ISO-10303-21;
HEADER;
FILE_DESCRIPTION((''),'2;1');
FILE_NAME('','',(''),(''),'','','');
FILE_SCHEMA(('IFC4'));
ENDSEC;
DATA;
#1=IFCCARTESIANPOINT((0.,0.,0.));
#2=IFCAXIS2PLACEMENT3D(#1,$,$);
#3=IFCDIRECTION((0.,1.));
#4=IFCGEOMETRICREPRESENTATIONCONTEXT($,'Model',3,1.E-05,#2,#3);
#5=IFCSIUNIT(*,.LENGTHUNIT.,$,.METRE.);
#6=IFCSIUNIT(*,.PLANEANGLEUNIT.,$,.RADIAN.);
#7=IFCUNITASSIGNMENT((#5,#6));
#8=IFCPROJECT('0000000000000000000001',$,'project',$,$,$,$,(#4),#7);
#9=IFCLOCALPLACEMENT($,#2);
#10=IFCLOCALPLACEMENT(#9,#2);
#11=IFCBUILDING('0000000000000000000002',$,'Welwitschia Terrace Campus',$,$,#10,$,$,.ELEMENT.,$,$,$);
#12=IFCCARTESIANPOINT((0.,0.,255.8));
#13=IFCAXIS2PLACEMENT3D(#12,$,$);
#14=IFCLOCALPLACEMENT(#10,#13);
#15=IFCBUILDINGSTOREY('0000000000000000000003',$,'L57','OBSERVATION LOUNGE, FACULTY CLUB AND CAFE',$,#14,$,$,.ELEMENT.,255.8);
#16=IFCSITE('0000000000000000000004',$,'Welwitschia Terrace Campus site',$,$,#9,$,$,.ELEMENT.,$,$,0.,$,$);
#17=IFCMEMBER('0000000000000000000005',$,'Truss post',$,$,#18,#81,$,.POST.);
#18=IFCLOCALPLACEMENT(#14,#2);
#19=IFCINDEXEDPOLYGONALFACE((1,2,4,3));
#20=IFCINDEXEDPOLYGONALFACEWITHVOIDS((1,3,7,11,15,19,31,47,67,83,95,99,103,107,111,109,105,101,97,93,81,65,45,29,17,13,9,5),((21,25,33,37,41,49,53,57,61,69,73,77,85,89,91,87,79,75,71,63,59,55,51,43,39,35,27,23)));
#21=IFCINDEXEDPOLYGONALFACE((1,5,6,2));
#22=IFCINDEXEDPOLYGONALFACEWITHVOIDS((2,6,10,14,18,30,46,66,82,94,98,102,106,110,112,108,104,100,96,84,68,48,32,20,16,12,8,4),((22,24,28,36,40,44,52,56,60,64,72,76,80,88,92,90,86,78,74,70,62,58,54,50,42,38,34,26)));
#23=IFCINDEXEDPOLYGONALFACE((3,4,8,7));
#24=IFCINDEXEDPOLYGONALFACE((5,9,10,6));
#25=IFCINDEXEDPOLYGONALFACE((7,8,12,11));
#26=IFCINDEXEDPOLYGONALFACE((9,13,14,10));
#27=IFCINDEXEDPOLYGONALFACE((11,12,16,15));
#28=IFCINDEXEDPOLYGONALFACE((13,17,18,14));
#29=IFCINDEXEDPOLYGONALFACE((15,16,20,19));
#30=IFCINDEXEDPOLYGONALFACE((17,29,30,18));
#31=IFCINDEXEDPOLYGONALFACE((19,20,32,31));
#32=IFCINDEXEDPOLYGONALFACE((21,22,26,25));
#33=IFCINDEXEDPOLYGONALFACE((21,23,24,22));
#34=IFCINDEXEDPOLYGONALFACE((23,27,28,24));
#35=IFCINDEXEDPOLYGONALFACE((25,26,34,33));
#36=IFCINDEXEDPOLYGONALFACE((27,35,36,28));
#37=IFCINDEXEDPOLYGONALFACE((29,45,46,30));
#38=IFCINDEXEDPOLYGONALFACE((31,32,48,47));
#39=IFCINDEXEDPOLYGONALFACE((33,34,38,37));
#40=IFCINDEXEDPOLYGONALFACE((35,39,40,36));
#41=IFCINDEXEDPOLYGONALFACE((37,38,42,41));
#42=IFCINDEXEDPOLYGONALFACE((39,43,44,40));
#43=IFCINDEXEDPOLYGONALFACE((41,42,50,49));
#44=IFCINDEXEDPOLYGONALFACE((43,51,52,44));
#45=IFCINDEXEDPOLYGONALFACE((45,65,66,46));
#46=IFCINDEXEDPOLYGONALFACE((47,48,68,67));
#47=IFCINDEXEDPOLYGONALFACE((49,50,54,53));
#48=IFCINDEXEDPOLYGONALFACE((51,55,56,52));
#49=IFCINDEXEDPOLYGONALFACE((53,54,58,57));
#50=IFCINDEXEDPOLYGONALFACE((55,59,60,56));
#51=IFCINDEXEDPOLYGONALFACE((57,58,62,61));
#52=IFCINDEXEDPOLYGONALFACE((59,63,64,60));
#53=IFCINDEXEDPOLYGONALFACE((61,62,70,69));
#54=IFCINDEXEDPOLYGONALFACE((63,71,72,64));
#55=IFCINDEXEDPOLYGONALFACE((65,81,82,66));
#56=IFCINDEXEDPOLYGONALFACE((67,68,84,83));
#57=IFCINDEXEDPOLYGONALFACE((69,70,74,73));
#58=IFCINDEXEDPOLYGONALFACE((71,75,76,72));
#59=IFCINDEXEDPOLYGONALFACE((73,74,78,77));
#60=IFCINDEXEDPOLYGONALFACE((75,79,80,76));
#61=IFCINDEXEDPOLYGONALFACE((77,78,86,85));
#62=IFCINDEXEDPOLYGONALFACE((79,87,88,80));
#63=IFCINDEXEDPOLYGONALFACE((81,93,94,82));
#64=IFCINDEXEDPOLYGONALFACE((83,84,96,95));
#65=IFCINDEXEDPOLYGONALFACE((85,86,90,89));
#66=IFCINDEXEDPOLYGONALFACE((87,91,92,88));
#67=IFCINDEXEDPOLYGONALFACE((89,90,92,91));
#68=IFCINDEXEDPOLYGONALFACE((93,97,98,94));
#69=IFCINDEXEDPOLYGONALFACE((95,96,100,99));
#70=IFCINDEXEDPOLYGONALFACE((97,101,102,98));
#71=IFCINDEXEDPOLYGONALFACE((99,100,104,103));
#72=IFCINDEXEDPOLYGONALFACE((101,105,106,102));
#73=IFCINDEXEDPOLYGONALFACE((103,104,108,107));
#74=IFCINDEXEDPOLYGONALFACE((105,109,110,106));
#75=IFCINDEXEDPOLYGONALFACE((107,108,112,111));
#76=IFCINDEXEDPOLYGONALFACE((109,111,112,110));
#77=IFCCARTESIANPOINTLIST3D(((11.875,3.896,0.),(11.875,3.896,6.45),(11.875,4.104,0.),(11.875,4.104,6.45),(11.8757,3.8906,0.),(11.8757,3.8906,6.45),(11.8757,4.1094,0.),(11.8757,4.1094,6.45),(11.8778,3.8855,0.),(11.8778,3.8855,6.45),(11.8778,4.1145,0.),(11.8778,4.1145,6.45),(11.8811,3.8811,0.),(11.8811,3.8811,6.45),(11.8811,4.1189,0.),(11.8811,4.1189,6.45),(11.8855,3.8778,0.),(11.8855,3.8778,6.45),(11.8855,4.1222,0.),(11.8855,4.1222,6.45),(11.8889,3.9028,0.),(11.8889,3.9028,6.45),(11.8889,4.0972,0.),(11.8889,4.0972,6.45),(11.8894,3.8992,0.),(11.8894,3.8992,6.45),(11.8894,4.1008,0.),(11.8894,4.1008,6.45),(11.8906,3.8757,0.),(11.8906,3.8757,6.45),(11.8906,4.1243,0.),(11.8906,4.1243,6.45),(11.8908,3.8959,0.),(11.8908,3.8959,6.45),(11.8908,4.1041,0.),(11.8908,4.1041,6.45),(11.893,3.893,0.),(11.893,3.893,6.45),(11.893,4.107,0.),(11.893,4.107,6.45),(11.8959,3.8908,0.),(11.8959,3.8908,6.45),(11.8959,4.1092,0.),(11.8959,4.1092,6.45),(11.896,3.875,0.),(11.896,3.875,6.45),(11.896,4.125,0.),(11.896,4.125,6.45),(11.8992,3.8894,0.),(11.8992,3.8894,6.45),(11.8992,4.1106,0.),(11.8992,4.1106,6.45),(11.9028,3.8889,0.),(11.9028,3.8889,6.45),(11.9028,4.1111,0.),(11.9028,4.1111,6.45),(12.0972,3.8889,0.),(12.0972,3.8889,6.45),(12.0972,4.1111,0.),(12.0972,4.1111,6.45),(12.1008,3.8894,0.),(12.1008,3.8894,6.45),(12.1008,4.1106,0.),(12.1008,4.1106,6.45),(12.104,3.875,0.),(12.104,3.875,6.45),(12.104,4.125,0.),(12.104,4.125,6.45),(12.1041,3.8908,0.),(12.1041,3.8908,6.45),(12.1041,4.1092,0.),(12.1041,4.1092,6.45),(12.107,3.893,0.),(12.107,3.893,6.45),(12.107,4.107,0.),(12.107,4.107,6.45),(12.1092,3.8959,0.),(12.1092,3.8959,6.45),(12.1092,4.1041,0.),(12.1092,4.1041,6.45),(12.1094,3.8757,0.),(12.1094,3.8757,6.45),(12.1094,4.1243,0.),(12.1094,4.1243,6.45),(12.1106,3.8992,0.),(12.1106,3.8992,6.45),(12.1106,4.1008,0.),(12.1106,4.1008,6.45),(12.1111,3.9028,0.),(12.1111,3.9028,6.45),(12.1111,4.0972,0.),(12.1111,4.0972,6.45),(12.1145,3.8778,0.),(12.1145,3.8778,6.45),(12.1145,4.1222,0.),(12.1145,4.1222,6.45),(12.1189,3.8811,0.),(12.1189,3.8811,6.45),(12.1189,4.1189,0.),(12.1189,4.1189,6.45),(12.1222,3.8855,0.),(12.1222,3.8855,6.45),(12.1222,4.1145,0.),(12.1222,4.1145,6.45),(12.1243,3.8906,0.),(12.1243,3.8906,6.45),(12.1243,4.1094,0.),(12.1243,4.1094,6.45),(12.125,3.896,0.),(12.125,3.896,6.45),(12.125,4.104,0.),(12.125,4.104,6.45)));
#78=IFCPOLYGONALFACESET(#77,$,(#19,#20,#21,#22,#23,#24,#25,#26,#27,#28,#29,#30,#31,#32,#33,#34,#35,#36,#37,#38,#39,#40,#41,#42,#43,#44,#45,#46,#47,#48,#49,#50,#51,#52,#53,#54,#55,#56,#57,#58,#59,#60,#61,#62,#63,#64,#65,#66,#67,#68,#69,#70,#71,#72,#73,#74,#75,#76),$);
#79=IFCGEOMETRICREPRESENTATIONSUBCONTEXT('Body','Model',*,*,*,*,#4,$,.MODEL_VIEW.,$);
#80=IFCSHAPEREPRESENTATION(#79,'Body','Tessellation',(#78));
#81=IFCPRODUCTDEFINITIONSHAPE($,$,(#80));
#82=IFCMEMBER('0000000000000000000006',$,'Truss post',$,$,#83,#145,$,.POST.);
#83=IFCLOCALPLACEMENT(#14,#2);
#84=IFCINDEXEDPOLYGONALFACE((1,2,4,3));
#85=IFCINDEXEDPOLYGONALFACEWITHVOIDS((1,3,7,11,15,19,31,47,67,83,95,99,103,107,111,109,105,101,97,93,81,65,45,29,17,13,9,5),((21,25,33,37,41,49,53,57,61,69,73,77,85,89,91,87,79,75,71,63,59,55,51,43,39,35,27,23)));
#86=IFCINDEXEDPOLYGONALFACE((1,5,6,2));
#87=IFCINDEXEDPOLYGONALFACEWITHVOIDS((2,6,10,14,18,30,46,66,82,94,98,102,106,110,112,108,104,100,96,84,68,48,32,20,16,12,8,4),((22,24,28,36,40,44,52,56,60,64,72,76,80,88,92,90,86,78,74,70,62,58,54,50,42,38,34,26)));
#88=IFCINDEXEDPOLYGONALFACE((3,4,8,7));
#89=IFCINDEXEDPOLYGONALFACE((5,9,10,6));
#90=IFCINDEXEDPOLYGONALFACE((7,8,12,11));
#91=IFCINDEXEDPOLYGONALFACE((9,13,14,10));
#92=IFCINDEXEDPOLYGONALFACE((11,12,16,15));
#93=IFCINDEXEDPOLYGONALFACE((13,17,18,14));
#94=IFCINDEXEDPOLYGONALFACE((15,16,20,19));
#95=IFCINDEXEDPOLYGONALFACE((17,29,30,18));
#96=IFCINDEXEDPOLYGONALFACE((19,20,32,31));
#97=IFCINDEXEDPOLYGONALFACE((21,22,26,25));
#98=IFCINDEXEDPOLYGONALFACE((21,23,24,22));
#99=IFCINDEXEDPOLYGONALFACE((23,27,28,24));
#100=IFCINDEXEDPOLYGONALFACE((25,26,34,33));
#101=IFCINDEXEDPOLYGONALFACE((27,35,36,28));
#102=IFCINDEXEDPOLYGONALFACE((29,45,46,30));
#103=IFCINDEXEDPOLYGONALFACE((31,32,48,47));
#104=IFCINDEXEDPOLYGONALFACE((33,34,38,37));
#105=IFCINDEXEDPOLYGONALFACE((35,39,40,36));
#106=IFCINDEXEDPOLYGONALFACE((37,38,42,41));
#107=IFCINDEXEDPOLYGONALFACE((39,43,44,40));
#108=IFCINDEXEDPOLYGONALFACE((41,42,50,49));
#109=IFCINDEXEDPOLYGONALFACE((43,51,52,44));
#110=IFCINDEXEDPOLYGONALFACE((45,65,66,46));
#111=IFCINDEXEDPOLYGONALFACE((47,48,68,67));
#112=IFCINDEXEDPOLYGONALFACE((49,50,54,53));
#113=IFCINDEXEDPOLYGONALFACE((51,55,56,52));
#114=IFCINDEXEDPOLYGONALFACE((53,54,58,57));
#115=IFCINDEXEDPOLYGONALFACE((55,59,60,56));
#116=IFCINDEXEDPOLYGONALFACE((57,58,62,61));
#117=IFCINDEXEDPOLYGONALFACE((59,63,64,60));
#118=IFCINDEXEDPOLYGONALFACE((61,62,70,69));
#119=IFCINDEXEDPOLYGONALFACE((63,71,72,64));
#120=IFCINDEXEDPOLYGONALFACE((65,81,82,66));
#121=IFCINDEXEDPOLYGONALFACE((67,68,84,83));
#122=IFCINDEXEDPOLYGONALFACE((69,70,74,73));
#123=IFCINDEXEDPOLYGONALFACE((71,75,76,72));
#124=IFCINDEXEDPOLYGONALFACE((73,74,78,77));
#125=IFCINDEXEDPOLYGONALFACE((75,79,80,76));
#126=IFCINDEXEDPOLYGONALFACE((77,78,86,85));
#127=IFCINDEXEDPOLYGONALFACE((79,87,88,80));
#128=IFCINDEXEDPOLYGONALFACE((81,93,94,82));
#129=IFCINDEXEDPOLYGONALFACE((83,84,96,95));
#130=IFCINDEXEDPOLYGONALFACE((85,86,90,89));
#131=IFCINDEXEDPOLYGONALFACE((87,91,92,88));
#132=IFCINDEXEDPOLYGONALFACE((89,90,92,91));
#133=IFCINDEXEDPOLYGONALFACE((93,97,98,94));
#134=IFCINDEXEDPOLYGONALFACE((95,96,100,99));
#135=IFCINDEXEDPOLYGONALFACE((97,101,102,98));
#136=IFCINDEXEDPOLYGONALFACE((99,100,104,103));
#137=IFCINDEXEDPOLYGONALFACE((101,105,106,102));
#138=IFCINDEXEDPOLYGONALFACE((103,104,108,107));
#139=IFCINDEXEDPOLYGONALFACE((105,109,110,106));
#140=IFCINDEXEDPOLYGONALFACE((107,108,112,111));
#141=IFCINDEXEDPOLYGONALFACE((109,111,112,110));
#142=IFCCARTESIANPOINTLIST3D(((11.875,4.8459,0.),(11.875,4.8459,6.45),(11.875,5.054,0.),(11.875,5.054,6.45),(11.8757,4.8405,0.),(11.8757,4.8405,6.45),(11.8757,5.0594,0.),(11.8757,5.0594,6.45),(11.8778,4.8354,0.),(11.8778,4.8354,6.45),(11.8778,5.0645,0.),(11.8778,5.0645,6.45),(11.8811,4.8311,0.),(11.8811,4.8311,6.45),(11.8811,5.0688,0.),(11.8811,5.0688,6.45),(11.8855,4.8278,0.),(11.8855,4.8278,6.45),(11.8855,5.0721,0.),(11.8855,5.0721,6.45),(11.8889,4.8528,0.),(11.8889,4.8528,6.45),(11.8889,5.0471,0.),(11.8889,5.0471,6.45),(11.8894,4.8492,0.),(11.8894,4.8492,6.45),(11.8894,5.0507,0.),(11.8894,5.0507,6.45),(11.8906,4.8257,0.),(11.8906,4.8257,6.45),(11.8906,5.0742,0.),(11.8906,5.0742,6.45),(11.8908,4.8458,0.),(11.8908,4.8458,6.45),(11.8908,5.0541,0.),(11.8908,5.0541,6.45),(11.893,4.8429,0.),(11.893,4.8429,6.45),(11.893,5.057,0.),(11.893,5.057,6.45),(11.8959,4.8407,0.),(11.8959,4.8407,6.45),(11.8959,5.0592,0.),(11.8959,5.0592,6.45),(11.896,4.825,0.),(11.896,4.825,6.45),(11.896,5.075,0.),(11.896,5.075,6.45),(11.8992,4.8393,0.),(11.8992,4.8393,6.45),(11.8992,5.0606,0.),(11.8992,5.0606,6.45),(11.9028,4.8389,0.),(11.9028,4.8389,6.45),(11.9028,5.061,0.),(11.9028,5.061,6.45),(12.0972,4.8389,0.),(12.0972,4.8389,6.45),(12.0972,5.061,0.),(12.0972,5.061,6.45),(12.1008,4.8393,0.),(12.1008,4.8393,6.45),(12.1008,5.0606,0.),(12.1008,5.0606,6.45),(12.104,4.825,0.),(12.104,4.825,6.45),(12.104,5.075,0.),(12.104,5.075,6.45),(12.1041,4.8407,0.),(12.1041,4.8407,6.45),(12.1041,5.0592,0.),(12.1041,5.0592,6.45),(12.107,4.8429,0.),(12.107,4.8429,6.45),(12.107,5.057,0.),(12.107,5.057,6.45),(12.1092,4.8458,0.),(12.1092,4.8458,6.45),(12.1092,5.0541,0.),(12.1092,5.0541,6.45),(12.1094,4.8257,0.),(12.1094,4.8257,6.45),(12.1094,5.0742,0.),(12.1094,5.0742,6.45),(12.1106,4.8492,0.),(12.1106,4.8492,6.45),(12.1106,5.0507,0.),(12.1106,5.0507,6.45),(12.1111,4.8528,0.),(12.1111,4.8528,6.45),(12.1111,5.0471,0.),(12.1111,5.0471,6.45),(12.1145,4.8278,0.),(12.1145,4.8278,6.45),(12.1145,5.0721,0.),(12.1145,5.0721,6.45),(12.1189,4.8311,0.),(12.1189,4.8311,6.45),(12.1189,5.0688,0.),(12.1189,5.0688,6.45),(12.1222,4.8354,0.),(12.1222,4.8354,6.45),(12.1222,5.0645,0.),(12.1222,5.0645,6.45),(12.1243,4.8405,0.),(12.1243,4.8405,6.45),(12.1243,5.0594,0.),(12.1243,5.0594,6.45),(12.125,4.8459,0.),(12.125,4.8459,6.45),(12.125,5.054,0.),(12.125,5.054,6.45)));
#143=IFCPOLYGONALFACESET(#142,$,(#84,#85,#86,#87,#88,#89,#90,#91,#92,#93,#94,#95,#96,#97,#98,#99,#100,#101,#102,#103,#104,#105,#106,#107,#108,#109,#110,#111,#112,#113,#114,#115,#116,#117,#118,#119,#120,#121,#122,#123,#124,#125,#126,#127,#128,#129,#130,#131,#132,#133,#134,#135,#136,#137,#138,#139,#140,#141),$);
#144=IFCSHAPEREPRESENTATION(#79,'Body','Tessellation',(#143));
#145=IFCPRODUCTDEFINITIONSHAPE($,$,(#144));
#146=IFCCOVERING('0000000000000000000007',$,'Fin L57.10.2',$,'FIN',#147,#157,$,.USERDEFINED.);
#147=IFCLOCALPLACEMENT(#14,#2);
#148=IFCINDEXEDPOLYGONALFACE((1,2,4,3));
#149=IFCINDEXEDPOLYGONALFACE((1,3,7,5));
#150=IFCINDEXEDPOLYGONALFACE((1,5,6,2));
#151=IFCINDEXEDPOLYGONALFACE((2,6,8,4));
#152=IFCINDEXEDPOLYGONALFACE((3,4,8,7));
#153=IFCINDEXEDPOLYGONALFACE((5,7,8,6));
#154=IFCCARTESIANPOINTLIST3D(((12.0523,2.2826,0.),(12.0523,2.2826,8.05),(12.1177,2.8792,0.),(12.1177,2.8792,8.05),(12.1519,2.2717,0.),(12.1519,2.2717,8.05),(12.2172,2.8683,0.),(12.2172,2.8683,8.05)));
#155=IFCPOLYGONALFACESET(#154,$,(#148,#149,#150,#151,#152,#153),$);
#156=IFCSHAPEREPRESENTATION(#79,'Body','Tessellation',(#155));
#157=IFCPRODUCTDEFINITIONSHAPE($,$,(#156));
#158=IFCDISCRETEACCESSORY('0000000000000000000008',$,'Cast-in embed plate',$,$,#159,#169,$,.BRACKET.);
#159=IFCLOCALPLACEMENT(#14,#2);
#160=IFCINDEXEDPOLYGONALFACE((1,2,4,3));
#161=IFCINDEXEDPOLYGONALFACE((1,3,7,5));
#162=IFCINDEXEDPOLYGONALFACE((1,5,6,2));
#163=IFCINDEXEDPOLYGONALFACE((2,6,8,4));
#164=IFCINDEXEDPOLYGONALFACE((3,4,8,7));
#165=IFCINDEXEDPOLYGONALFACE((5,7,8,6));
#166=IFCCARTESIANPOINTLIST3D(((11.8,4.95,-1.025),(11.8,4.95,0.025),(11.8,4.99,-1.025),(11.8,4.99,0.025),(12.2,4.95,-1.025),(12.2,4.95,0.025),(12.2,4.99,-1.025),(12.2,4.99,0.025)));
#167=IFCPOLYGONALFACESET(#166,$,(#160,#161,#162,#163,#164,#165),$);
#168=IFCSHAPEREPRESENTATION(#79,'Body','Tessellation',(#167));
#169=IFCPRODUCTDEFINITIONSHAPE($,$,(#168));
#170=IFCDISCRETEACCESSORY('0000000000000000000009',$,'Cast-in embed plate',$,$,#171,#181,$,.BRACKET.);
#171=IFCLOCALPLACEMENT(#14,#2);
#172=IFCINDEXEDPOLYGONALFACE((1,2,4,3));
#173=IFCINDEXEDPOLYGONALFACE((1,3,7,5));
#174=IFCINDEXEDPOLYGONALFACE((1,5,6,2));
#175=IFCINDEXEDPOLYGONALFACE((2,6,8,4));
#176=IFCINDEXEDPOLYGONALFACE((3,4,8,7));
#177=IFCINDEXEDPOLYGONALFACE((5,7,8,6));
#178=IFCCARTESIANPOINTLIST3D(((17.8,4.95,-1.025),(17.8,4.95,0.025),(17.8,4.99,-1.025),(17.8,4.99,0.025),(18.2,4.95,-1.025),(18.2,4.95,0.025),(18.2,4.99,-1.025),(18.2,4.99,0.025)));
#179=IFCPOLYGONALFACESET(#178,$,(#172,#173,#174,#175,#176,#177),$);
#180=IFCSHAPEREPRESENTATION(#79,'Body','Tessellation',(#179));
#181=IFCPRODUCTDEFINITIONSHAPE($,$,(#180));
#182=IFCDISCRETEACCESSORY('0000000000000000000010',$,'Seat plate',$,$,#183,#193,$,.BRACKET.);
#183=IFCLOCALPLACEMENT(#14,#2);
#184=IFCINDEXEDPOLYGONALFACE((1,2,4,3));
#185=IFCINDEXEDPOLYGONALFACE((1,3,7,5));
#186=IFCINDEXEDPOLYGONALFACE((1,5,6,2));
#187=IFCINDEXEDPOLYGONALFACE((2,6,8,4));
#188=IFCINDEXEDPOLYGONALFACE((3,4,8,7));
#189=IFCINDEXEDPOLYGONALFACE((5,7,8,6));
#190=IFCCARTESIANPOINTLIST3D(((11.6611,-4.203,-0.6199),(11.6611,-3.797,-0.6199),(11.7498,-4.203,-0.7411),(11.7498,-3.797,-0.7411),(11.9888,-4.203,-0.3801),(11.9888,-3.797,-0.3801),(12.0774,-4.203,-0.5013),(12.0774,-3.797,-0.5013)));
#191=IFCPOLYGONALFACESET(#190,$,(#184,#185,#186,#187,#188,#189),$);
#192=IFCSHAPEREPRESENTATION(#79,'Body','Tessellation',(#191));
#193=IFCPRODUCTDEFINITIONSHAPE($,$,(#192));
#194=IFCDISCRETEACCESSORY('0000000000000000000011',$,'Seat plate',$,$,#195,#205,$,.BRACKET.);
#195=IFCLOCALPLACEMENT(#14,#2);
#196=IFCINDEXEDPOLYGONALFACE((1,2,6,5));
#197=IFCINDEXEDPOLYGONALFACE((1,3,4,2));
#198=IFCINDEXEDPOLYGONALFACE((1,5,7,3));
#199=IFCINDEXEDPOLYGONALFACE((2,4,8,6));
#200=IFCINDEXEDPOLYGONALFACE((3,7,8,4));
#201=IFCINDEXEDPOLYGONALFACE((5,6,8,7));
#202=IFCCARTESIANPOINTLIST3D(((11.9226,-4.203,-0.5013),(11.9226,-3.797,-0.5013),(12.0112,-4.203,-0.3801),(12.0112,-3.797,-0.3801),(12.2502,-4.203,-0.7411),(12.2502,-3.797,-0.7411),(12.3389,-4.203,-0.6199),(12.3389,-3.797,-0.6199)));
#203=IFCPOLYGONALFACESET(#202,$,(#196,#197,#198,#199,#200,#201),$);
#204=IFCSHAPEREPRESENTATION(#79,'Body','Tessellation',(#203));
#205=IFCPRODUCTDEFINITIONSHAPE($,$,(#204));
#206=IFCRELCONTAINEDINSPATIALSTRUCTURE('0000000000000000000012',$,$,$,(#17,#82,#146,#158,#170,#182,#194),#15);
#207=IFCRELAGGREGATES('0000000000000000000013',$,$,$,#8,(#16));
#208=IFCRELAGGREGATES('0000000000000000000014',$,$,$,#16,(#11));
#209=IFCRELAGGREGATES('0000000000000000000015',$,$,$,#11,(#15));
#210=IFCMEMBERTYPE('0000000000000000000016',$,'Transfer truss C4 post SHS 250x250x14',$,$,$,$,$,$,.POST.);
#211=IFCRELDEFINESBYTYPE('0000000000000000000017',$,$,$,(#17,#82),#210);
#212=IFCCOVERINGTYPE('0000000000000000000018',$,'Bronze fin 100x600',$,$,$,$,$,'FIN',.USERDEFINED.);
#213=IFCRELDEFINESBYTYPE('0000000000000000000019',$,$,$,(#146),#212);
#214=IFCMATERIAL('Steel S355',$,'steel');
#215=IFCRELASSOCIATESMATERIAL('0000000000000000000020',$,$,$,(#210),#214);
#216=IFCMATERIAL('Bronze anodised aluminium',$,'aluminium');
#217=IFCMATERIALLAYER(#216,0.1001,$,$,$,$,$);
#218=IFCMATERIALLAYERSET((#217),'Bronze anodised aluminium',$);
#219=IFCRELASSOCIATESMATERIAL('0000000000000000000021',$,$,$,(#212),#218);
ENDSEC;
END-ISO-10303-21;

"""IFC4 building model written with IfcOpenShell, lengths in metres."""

from ifc_helpers import new_model, si_unit, direction, frame, origin, origin_2d, place, context, subcontext, project, spatial, rectangle, hollow_rectangle, extrude, material, layer, layer_set, material_profile, profile_set, type_object, element, save


model = new_model("IFC4")

# Units and contexts
model_context = context("Model", 3, precision=1e-05, world=origin(), true_north=direction((0.0, 1.0)))
body_context = subcontext(model_context, "Body", "Model", "MODEL_VIEW")
ifc_project = project(units=[si_unit("LENGTHUNIT", "METRE"), si_unit("PLANEANGLEUNIT", "RADIAN")], contexts=[model_context])

# Site, building, storey
site_placement = place(None, origin())
site = spatial("IfcSite", under=ifc_project, at=site_placement, Name="Welwitschia Terrace Campus site", CompositionType="ELEMENT", RefElevation=0.0)
building_placement = place(site_placement, origin())
building = spatial("IfcBuilding", under=site, at=building_placement, Name="Welwitschia Terrace Campus", CompositionType="ELEMENT")
storey_placement = place(building_placement, frame((0.0, 0.0, 255.8)))
storey = spatial("IfcBuildingStorey", under=building, at=storey_placement, Name="L57", Description="OBSERVATION LOUNGE, FACULTY CLUB AND CAFE", CompositionType="ELEMENT", Elevation=255.8)

# Members
ifc_material_1 = material(Name="Steel S355", Category="steel")
ifc_material_profile_1 = material_profile(ifc_material_1, hollow_rectangle(XDim=0.25, YDim=0.25, WallThickness=0.0139, InnerFilletRadius=0.0139, OuterFilletRadius=0.021, at=origin_2d()))
ifc_profile_set_1 = profile_set([ifc_material_profile_1], Name="Steel S355")
member_type_1 = type_object("IfcMemberType", Name="Transfer truss C4 post SHS 250x250x14", PredefinedType="POST", material=ifc_profile_set_1)
for number, where, z_axis, x_axis, name in (
    (1, (12.0, 4.0, 0.0), (0.0, 0.0, 1.0), (1.0, 0.0, 0.0), "Truss post"),
    (2, (12.0, 4.95, 0.0), (0.0, 0.0, 1.0), (1.0, 0.0, 0.0), "Truss post"),
):
    element("IfcMember", number, at=place(storey_placement, frame(where, z_axis=z_axis, x_axis=x_axis)), inside=storey, type_object=member_type_1, Name=name, PredefinedType="POST", context=body_context, shape_type="SweptSolid", body=[
        extrude(hollow_rectangle(XDim=0.25, YDim=0.25, WallThickness=0.0139, InnerFilletRadius=0.0139, OuterFilletRadius=0.021, at=origin_2d()), origin(), (0.0, 0.0, 1.0), 6.45),
    ])

# Covering
ifc_material_2 = material(Name="Bronze anodised aluminium", Category="aluminium")
ifc_layer = layer(ifc_material_2, 0.1001)
ifc_layer_set = layer_set([ifc_layer], Name="Bronze anodised aluminium")
covering_type = type_object("IfcCoveringType", Name="Bronze fin 100x600", ElementType="FIN", PredefinedType="USERDEFINED", material=ifc_layer_set)
covering_placement = place(storey_placement, frame((12.1348, 2.5754, 0.0), z_axis=(0.0, 0.0, 1.0), x_axis=(0.994056, -0.108867, 0.0)))
element("IfcCovering", 3, at=covering_placement, inside=storey, type_object=covering_type, Name="Fin L57.10.2", ObjectType="FIN", PredefinedType="USERDEFINED", context=body_context, shape_type="SweptSolid", body=[
    extrude(rectangle(XDim=0.1001, YDim=0.6001, at=origin_2d()), origin(), (0.0, 0.0, 1.0), 8.05),
])

# Discrete accessories
for number, where, z_axis, x_axis, name in (
    (4, (12.0, 4.95, -0.5), (0.0, 1.0, 0.0), (-1.0, 0.0, 0.0), "Cast-in embed plate"),
    (5, (18.0, 4.95, -0.5), (0.0, 1.0, 0.0), (-1.0, 0.0, 0.0), "Cast-in embed plate"),
):
    element("IfcDiscreteAccessory", number, at=place(storey_placement, frame(where, z_axis=z_axis, x_axis=x_axis)), inside=storey, Name=name, PredefinedType="BRACKET", context=body_context, shape_type="SweptSolid", body=[
        extrude(rectangle(XDim=0.3999, YDim=1.05, at=origin_2d()), origin(), (0.0, 0.0, 1.0), 0.04),
    ])
for number, where, z_axis, x_axis, name in (
    (6, (11.825, -4.0, -0.5), (0.590588, 0.0, -0.806974), (0.0, 1.0, 0.0), "Seat plate"),
    (7, (12.175, -4.0, -0.5), (-0.590588, 0.0, -0.806974), (0.0, -1.0, 0.0), "Seat plate"),
):
    element("IfcDiscreteAccessory", number, at=place(storey_placement, frame(where, z_axis=z_axis, x_axis=x_axis)), inside=storey, Name=name, PredefinedType="BRACKET", context=body_context, shape_type="SweptSolid", body=[
        extrude(rectangle(XDim=0.406, YDim=0.406, at=origin_2d()), origin(), (0.0, 0.0, 1.0), 0.1501),
    ])

save(model, "model.ifc")
